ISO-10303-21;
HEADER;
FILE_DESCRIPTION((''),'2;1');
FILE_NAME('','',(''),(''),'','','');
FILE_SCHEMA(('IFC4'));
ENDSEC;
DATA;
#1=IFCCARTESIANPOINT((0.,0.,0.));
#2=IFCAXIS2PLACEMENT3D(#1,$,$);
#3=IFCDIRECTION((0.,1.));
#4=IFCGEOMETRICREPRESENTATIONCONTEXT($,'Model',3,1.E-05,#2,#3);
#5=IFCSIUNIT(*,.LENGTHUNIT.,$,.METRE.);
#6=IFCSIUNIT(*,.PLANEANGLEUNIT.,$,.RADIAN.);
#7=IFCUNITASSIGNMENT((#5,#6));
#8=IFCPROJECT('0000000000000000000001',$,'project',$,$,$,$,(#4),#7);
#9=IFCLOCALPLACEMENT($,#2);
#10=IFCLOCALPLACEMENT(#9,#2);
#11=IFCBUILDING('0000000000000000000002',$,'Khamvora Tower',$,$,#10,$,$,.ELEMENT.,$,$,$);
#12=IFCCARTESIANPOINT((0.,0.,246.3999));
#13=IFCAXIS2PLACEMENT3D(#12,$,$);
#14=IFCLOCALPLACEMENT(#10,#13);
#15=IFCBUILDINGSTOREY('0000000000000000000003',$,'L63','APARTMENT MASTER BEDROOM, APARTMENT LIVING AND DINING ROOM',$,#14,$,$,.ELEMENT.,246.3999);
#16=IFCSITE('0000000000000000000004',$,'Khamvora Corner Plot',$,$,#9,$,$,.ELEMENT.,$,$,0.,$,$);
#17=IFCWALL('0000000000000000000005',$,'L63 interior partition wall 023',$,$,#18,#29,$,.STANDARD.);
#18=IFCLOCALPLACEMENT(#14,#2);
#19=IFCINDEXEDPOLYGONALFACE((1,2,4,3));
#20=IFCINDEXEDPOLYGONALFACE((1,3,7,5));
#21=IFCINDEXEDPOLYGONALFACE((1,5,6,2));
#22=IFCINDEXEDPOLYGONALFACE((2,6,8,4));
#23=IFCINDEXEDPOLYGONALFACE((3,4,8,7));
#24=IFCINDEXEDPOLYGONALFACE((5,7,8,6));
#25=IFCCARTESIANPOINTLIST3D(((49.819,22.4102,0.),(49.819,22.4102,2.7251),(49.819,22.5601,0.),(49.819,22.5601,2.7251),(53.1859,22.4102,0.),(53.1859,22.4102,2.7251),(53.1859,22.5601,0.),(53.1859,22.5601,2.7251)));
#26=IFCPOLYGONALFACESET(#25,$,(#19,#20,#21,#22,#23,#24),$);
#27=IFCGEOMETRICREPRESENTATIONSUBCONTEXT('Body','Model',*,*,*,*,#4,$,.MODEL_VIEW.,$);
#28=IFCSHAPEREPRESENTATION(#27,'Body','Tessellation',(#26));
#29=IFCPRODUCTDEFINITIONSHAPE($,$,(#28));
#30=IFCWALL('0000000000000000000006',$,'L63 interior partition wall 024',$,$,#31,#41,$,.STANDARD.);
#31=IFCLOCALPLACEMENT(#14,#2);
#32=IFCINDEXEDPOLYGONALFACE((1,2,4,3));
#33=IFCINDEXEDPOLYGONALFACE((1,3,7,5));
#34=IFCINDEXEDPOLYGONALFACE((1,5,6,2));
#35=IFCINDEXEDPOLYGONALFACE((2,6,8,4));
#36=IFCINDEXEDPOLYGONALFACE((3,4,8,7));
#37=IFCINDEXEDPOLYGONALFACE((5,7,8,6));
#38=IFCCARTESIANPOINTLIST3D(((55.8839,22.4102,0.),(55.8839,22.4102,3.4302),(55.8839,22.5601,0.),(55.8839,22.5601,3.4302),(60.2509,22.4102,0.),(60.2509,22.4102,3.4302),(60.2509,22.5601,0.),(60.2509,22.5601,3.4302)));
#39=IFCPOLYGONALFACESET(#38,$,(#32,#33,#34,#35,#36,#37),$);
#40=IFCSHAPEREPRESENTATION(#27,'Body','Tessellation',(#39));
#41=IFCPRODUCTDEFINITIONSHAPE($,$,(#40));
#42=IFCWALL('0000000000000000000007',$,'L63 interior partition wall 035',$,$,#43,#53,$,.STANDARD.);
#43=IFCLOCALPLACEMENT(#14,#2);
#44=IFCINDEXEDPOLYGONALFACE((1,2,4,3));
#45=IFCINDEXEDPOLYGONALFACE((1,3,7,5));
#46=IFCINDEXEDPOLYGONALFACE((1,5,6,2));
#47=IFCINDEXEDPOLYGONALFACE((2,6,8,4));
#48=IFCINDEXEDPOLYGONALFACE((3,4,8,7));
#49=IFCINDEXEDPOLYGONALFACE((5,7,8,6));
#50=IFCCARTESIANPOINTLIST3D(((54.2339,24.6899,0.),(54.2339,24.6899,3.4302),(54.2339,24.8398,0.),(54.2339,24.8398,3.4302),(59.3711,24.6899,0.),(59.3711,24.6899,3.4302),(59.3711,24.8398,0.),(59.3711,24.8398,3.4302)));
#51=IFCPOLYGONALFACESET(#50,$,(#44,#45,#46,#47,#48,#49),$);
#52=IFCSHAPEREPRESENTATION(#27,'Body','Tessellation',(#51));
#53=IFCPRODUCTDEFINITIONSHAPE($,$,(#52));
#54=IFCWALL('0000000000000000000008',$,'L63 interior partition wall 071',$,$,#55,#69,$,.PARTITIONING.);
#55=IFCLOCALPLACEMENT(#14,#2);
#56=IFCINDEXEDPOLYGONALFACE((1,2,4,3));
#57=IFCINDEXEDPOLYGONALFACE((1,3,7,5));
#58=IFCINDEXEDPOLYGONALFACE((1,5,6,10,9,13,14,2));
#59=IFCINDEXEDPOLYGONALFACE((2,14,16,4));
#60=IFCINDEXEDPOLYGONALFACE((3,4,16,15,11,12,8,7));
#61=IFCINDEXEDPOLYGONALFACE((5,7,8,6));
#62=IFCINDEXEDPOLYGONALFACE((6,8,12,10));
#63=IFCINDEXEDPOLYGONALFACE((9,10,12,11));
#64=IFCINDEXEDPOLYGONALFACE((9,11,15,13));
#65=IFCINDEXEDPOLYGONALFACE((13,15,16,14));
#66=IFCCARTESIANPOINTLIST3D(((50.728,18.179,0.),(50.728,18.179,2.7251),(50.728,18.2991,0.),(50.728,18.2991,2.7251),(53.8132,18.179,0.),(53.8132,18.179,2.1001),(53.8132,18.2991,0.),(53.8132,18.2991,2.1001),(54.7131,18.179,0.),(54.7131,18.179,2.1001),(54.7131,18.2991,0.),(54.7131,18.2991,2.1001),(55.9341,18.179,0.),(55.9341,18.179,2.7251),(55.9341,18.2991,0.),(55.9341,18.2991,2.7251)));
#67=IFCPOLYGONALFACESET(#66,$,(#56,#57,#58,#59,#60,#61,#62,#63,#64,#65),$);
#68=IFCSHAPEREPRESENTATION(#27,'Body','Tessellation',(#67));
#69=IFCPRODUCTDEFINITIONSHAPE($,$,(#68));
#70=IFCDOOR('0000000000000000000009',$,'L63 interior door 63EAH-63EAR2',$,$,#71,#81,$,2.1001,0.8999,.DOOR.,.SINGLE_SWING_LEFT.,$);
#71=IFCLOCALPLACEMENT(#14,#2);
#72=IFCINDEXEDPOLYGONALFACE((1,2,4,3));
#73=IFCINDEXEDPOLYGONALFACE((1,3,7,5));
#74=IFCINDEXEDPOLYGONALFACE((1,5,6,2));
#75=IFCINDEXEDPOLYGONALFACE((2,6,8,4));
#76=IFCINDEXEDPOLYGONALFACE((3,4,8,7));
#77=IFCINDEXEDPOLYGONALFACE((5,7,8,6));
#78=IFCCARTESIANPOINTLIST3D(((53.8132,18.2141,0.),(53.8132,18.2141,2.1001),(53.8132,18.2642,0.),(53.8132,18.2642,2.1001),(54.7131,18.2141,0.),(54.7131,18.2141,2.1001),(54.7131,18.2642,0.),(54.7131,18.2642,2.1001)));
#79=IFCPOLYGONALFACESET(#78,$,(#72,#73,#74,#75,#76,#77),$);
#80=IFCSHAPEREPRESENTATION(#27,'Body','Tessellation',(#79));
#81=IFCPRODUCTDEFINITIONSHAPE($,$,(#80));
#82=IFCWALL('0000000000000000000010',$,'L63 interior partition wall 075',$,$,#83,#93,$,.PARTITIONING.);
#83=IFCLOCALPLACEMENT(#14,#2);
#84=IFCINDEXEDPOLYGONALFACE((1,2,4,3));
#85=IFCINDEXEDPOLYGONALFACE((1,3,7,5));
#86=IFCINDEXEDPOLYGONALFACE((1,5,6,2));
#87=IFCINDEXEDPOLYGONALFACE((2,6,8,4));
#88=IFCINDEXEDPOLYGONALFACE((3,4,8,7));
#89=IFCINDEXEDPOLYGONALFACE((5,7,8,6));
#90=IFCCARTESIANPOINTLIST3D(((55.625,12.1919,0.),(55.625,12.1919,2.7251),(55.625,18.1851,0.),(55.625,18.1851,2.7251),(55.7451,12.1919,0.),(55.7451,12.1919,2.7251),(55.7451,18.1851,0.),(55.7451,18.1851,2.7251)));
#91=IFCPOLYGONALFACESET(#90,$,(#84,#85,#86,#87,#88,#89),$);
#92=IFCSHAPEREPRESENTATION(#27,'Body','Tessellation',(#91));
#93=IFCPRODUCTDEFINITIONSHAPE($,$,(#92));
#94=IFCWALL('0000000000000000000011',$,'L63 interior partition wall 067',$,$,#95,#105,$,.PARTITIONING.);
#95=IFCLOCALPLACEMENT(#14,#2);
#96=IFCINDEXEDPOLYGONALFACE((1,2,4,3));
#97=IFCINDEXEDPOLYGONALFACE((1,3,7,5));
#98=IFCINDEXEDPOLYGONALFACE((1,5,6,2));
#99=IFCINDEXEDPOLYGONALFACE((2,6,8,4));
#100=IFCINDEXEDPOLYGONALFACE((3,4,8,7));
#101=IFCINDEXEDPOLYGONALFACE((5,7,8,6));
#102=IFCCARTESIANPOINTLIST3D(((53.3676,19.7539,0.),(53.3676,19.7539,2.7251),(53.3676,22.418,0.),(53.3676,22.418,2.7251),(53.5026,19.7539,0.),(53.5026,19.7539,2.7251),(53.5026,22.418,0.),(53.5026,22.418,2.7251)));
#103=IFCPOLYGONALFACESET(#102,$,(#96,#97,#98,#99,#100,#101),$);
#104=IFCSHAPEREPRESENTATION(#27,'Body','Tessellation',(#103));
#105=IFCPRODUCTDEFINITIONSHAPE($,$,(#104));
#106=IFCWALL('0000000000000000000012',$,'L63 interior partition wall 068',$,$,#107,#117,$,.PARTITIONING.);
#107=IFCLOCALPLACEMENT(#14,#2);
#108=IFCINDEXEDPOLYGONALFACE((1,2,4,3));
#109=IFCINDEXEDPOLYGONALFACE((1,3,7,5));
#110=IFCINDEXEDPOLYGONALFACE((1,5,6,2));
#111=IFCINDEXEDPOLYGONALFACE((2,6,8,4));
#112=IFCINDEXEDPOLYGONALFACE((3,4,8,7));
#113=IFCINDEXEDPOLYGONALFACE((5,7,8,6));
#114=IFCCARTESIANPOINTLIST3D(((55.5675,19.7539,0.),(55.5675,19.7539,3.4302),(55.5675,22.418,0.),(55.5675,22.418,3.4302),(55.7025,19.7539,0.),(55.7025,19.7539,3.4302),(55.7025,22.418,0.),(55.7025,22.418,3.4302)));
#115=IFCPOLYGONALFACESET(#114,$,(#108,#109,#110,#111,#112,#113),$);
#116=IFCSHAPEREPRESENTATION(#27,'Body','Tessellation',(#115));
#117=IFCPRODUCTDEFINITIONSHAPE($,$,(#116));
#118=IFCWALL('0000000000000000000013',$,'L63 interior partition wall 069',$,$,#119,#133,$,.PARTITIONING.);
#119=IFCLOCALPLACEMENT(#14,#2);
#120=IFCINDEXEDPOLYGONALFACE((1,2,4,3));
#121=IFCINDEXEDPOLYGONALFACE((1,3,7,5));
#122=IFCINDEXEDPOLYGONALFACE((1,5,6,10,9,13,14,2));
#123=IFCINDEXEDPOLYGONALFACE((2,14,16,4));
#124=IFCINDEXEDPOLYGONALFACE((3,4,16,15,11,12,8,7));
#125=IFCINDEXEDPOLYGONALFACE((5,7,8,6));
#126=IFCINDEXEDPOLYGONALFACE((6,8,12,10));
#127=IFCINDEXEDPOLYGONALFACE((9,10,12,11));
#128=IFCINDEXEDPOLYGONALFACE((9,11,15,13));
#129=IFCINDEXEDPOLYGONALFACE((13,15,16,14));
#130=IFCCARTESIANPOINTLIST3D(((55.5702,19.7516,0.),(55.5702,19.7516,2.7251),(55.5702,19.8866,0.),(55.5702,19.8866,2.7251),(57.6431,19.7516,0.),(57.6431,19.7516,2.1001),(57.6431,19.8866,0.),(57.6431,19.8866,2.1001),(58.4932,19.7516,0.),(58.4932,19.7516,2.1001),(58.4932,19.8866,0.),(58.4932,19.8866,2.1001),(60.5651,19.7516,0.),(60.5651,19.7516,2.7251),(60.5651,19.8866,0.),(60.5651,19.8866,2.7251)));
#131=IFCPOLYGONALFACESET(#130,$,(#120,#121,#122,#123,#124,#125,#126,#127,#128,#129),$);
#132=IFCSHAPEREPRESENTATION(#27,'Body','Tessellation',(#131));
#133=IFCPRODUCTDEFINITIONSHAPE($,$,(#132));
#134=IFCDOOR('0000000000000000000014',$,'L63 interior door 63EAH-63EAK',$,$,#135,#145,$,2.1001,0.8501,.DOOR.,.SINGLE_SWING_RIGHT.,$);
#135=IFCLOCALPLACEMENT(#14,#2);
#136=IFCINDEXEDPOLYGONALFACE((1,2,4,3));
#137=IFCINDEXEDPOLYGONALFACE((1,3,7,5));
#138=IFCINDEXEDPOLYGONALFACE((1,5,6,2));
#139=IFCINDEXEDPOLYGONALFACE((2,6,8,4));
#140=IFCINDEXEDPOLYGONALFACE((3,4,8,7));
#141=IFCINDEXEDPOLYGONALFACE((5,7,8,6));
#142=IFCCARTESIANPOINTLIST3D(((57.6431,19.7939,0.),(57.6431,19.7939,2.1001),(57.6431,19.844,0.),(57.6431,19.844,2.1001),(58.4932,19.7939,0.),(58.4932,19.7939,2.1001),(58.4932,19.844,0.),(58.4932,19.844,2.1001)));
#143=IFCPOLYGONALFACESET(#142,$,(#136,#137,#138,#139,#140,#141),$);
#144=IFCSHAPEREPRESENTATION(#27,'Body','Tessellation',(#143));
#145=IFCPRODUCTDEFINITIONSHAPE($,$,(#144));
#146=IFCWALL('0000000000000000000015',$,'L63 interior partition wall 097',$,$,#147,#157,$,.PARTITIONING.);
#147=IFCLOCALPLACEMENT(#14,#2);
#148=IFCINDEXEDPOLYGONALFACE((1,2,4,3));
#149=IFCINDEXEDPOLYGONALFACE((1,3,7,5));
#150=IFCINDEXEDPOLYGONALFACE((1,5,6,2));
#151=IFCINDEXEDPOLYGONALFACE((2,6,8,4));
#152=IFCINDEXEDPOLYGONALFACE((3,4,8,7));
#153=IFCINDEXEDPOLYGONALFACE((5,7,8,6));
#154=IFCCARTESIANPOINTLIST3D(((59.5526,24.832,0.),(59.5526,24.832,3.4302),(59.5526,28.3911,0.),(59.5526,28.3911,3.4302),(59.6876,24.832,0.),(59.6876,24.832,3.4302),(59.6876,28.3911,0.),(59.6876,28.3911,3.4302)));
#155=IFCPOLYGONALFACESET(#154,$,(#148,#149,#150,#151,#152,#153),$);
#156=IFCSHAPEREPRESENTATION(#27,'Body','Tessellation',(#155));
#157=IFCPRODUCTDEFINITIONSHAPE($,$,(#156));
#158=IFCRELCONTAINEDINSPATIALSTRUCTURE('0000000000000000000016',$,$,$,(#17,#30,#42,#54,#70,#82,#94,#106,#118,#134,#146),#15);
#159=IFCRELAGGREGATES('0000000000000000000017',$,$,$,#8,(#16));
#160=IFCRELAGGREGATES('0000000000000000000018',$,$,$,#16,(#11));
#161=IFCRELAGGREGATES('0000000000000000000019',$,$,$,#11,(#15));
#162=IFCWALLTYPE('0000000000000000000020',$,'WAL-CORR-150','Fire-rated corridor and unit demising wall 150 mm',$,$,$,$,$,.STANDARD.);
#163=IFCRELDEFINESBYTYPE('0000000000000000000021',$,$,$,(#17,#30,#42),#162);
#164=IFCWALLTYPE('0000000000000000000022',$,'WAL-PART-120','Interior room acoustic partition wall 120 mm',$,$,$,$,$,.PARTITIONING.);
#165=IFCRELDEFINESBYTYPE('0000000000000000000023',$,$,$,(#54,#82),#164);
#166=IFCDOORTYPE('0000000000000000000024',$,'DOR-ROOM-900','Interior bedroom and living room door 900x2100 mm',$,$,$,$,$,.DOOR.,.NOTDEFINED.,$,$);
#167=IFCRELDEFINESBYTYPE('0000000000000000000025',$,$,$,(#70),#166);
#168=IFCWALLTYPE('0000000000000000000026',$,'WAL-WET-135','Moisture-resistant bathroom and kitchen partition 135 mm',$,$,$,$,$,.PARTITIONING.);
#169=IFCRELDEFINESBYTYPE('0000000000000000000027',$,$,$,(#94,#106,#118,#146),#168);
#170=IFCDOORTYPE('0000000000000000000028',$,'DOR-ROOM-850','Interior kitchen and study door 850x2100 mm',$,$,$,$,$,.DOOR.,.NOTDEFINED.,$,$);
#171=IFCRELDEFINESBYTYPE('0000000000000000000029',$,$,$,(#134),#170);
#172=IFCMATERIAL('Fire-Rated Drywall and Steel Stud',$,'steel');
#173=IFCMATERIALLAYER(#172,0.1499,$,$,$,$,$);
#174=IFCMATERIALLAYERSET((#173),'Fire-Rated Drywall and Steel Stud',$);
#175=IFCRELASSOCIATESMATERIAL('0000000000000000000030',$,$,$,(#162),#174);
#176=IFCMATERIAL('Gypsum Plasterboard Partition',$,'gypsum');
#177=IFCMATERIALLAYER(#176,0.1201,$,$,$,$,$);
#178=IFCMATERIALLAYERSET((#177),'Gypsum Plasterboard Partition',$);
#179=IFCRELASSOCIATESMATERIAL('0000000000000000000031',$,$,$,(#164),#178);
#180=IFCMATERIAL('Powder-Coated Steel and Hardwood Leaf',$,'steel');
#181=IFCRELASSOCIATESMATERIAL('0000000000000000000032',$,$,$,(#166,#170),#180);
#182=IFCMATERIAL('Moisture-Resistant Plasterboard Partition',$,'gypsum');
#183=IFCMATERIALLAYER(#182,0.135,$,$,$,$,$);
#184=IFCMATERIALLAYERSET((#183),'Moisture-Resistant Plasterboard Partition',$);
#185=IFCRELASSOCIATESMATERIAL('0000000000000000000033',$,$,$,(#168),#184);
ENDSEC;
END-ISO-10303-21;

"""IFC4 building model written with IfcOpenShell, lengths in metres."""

from ifc_helpers import new_model, si_unit, direction, frame, frame_2d, origin, place, context, subcontext, project, spatial, rectangle, extrude, material, layer, layer_set, type_object, element, fill, save


model = new_model("IFC4")

# Units and contexts
model_context = context("Model", 3, precision=1e-05, world=origin(), true_north=direction((0.0, 1.0)))
body_context = subcontext(model_context, "Body", "Model", "MODEL_VIEW")
ifc_project = project(units=[si_unit("LENGTHUNIT", "METRE"), si_unit("PLANEANGLEUNIT", "RADIAN")], contexts=[model_context])

# Site, building, storey
site_placement = place(None, origin())
site = spatial("IfcSite", under=ifc_project, at=site_placement, Name="Khamvora Corner Plot", CompositionType="ELEMENT", RefElevation=0.0)
building_placement = place(site_placement, origin())
building = spatial("IfcBuilding", under=site, at=building_placement, Name="Khamvora Tower", CompositionType="ELEMENT")
storey_placement = place(building_placement, frame((0.0, 0.0, 246.3999)))
storey = spatial("IfcBuildingStorey", under=building, at=storey_placement, Name="L63", Description="APARTMENT MASTER BEDROOM, APARTMENT LIVING AND DINING ROOM", CompositionType="ELEMENT", Elevation=246.3999)

# Shared definitions
ifc_material_1 = material(Name="Fire-Rated Drywall and Steel Stud", Category="steel")
ifc_layer_1 = layer(ifc_material_1, 0.1499)
ifc_layer_set_1 = layer_set([ifc_layer_1], Name="Fire-Rated Drywall and Steel Stud")
wall_type_1 = type_object("IfcWallType", Name="WAL-CORR-150", Description="Fire-rated corridor and unit demising wall 150 mm", PredefinedType="STANDARD", material=ifc_layer_set_1)
ifc_material_2 = material(Name="Powder-Coated Steel and Hardwood Leaf", Category="steel")

# Walls
wall_1_placement = place(storey_placement, frame((53.186, 22.4851, 0.0), z_axis=(0.0, 0.0, 1.0), x_axis=(-1.0, 0.0, 0.0)))
element("IfcWall", 1, at=wall_1_placement, inside=storey, type_object=wall_type_1, Name="L63 interior partition wall 023", PredefinedType="STANDARD", context=body_context, shape_type="SweptSolid", body=[
    extrude(rectangle(XDim=3.3669, YDim=0.1499, at=frame_2d((1.6836, 0.0))), origin(), (0.0, 0.0, 1.0), 2.7251),
])
wall_2_placement = place(storey_placement, frame((60.251, 22.4851, 0.0), z_axis=(0.0, 0.0, 1.0), x_axis=(-1.0, 0.0, 0.0)))
element("IfcWall", 2, at=wall_2_placement, inside=storey, type_object=wall_type_1, Name="L63 interior partition wall 024", PredefinedType="STANDARD", context=body_context, shape_type="SweptSolid", body=[
    extrude(rectangle(XDim=4.3669, YDim=0.1499, at=frame_2d((2.1836, 0.0))), origin(), (0.0, 0.0, 1.0), 3.4302),
])

# Wall
wall_3_placement = place(storey_placement, frame((54.2339, 24.7649, 0.0), z_axis=(0.0, 0.0, 1.0), x_axis=(1.0, 0.0, 0.0)))
element("IfcWall", 3, at=wall_3_placement, inside=storey, type_object=wall_type_1, Name="L63 interior partition wall 035", PredefinedType="STANDARD", context=body_context, shape_type="SweptSolid", body=[
    extrude(rectangle(XDim=5.1372, YDim=0.1499, at=frame_2d((2.5686, 0.0))), origin(), (0.0, 0.0, 1.0), 3.4302),
])

# Wall, opening, door
ifc_material_3 = material(Name="Gypsum Plasterboard Partition", Category="gypsum")
ifc_layer_2 = layer(ifc_material_3, 0.1201)
ifc_layer_set_2 = layer_set([ifc_layer_2], Name="Gypsum Plasterboard Partition")
wall_type_2 = type_object("IfcWallType", Name="WAL-PART-120", Description="Interior room acoustic partition wall 120 mm", PredefinedType="PARTITIONING", material=ifc_layer_set_2)
wall_4_placement = place(storey_placement, frame((55.9341, 18.239, 0.0), z_axis=(0.0, 0.0, 1.0), x_axis=(-1.0, 0.0, 0.0)))
wall_4 = element("IfcWall", 4, at=wall_4_placement, inside=storey, type_object=wall_type_2, Name="L63 interior partition wall 071", PredefinedType="PARTITIONING", context=body_context, shape_type="SweptSolid", body=[
    extrude(rectangle(XDim=5.2061, YDim=0.1201, at=frame_2d((2.603, 0.0))), origin(), (0.0, 0.0, 1.0), 2.7251),
])
opening_1_placement = place(wall_4_placement, frame((1.2209, 0.0, 0.0)))
opening_1 = element("IfcOpeningElement", 5, at=opening_1_placement, cuts=wall_4, PredefinedType="OPENING", context=body_context, shape_type="SweptSolid", body=[
    extrude(rectangle(XDim=0.8999, YDim=2.1001, at=frame_2d((0.45, 1.05))), frame((0.0, 0.0701, 0.0), z_axis=(0.0, -1.0, 0.0), x_axis=(1.0, 0.0, 0.0)), (0.0, 0.0, 1.0), 0.1401),
])
door_type_1 = type_object("IfcDoorType", Name="DOR-ROOM-900", Description="Interior bedroom and living room door 900x2100 mm", OperationType="NOTDEFINED", PredefinedType="DOOR", material=ifc_material_2)
door_1_placement = place(opening_1_placement, origin())
door_1 = element("IfcDoor", 6, at=door_1_placement, inside=storey, type_object=door_type_1, Name="L63 interior door 63EAH-63EAR2", OperationType="SINGLE_SWING_LEFT", OverallHeight=2.1001, OverallWidth=0.8999, PredefinedType="DOOR", context=body_context, shape_type="SweptSolid", body=[
    extrude(rectangle(XDim=0.8999, YDim=2.1001, at=frame_2d((0.45, 1.05))), frame((0.0, 0.0249, 0.0), z_axis=(0.0, -1.0, 0.0), x_axis=(1.0, 0.0, 0.0)), (0.0, 0.0, 1.0), 0.05),
])
fill(opening_1, door_1)

# Walls
wall_5_placement = place(storey_placement, frame((55.6851, 18.1851, 0.0), z_axis=(0.0, 0.0, 1.0), x_axis=(0.0, -1.0, 0.0)))
element("IfcWall", 7, at=wall_5_placement, inside=storey, type_object=wall_type_2, Name="L63 interior partition wall 075", PredefinedType="PARTITIONING", context=body_context, shape_type="SweptSolid", body=[
    extrude(rectangle(XDim=5.9932, YDim=0.1201, at=frame_2d((2.9966, 0.0))), origin(), (0.0, 0.0, 1.0), 2.7251),
])
ifc_material_4 = material(Name="Moisture-Resistant Plasterboard Partition", Category="gypsum")
ifc_layer_3 = layer(ifc_material_4, 0.135)
ifc_layer_set_3 = layer_set([ifc_layer_3], Name="Moisture-Resistant Plasterboard Partition")
wall_type_3 = type_object("IfcWallType", Name="WAL-WET-135", Description="Moisture-resistant bathroom and kitchen partition 135 mm", PredefinedType="PARTITIONING", material=ifc_layer_set_3)
wall_6_placement = place(storey_placement, frame((53.4351, 19.7539, 0.0), z_axis=(0.0, 0.0, 1.0), x_axis=(0.0, 1.0, 0.0)))
element("IfcWall", 8, at=wall_6_placement, inside=storey, type_object=wall_type_3, Name="L63 interior partition wall 067", PredefinedType="PARTITIONING", context=body_context, shape_type="SweptSolid", body=[
    extrude(rectangle(XDim=2.6641, YDim=0.135, at=frame_2d((1.332, 0.0))), origin(), (0.0, 0.0, 1.0), 2.7251),
])
wall_7_placement = place(storey_placement, frame((55.635, 22.418, 0.0), z_axis=(0.0, 0.0, 1.0), x_axis=(0.0, -1.0, 0.0)))
element("IfcWall", 9, at=wall_7_placement, inside=storey, type_object=wall_type_3, Name="L63 interior partition wall 068", PredefinedType="PARTITIONING", context=body_context, shape_type="SweptSolid", body=[
    extrude(rectangle(XDim=2.6641, YDim=0.135, at=frame_2d((1.332, 0.0))), origin(), (0.0, 0.0, 1.0), 3.4302),
])

# Wall, opening, door
wall_8_placement = place(storey_placement, frame((55.5701, 19.8191, 0.0), z_axis=(0.0, 0.0, 1.0), x_axis=(1.0, 0.0, 0.0)))
wall_8 = element("IfcWall", 10, at=wall_8_placement, inside=storey, type_object=wall_type_3, Name="L63 interior partition wall 069", PredefinedType="PARTITIONING", context=body_context, shape_type="SweptSolid", body=[
    extrude(rectangle(XDim=4.9949, YDim=0.135, at=frame_2d((2.4976, 0.0))), origin(), (0.0, 0.0, 1.0), 2.7251),
])
opening_2_placement = place(wall_8_placement, frame((2.073, 0.0, 0.0)))
opening_2 = element("IfcOpeningElement", 11, at=opening_2_placement, cuts=wall_8, PredefinedType="OPENING", context=body_context, shape_type="SweptSolid", body=[
    extrude(rectangle(XDim=0.8501, YDim=2.1001, at=frame_2d((0.425, 1.05))), frame((0.0, 0.0774, 0.0), z_axis=(0.0, -1.0, 0.0), x_axis=(1.0, 0.0, 0.0)), (0.0, 0.0, 1.0), 0.155),
])
door_type_2 = type_object("IfcDoorType", Name="DOR-ROOM-850", Description="Interior kitchen and study door 850x2100 mm", OperationType="NOTDEFINED", PredefinedType="DOOR", material=ifc_material_2)
door_2_placement = place(opening_2_placement, origin())
door_2 = element("IfcDoor", 12, at=door_2_placement, inside=storey, type_object=door_type_2, Name="L63 interior door 63EAH-63EAK", OperationType="SINGLE_SWING_RIGHT", OverallHeight=2.1001, OverallWidth=0.8501, PredefinedType="DOOR", context=body_context, shape_type="SweptSolid", body=[
    extrude(rectangle(XDim=0.8501, YDim=2.1001, at=frame_2d((0.425, 1.05))), frame((0.0, 0.0249, 0.0), z_axis=(0.0, -1.0, 0.0), x_axis=(1.0, 0.0, 0.0)), (0.0, 0.0, 1.0), 0.05),
])
fill(opening_2, door_2)

# Wall
wall_9_placement = place(storey_placement, frame((59.6201, 24.832, 0.0), z_axis=(0.0, 0.0, 1.0), x_axis=(0.0, 1.0, 0.0)))
element("IfcWall", 13, at=wall_9_placement, inside=storey, type_object=wall_type_3, Name="L63 interior partition wall 097", PredefinedType="PARTITIONING", context=body_context, shape_type="SweptSolid", body=[
    extrude(rectangle(XDim=3.5591, YDim=0.135, at=frame_2d((1.7795, 0.0))), origin(), (0.0, 0.0, 1.0), 3.4302),
])

save(model, "model.ifc")
